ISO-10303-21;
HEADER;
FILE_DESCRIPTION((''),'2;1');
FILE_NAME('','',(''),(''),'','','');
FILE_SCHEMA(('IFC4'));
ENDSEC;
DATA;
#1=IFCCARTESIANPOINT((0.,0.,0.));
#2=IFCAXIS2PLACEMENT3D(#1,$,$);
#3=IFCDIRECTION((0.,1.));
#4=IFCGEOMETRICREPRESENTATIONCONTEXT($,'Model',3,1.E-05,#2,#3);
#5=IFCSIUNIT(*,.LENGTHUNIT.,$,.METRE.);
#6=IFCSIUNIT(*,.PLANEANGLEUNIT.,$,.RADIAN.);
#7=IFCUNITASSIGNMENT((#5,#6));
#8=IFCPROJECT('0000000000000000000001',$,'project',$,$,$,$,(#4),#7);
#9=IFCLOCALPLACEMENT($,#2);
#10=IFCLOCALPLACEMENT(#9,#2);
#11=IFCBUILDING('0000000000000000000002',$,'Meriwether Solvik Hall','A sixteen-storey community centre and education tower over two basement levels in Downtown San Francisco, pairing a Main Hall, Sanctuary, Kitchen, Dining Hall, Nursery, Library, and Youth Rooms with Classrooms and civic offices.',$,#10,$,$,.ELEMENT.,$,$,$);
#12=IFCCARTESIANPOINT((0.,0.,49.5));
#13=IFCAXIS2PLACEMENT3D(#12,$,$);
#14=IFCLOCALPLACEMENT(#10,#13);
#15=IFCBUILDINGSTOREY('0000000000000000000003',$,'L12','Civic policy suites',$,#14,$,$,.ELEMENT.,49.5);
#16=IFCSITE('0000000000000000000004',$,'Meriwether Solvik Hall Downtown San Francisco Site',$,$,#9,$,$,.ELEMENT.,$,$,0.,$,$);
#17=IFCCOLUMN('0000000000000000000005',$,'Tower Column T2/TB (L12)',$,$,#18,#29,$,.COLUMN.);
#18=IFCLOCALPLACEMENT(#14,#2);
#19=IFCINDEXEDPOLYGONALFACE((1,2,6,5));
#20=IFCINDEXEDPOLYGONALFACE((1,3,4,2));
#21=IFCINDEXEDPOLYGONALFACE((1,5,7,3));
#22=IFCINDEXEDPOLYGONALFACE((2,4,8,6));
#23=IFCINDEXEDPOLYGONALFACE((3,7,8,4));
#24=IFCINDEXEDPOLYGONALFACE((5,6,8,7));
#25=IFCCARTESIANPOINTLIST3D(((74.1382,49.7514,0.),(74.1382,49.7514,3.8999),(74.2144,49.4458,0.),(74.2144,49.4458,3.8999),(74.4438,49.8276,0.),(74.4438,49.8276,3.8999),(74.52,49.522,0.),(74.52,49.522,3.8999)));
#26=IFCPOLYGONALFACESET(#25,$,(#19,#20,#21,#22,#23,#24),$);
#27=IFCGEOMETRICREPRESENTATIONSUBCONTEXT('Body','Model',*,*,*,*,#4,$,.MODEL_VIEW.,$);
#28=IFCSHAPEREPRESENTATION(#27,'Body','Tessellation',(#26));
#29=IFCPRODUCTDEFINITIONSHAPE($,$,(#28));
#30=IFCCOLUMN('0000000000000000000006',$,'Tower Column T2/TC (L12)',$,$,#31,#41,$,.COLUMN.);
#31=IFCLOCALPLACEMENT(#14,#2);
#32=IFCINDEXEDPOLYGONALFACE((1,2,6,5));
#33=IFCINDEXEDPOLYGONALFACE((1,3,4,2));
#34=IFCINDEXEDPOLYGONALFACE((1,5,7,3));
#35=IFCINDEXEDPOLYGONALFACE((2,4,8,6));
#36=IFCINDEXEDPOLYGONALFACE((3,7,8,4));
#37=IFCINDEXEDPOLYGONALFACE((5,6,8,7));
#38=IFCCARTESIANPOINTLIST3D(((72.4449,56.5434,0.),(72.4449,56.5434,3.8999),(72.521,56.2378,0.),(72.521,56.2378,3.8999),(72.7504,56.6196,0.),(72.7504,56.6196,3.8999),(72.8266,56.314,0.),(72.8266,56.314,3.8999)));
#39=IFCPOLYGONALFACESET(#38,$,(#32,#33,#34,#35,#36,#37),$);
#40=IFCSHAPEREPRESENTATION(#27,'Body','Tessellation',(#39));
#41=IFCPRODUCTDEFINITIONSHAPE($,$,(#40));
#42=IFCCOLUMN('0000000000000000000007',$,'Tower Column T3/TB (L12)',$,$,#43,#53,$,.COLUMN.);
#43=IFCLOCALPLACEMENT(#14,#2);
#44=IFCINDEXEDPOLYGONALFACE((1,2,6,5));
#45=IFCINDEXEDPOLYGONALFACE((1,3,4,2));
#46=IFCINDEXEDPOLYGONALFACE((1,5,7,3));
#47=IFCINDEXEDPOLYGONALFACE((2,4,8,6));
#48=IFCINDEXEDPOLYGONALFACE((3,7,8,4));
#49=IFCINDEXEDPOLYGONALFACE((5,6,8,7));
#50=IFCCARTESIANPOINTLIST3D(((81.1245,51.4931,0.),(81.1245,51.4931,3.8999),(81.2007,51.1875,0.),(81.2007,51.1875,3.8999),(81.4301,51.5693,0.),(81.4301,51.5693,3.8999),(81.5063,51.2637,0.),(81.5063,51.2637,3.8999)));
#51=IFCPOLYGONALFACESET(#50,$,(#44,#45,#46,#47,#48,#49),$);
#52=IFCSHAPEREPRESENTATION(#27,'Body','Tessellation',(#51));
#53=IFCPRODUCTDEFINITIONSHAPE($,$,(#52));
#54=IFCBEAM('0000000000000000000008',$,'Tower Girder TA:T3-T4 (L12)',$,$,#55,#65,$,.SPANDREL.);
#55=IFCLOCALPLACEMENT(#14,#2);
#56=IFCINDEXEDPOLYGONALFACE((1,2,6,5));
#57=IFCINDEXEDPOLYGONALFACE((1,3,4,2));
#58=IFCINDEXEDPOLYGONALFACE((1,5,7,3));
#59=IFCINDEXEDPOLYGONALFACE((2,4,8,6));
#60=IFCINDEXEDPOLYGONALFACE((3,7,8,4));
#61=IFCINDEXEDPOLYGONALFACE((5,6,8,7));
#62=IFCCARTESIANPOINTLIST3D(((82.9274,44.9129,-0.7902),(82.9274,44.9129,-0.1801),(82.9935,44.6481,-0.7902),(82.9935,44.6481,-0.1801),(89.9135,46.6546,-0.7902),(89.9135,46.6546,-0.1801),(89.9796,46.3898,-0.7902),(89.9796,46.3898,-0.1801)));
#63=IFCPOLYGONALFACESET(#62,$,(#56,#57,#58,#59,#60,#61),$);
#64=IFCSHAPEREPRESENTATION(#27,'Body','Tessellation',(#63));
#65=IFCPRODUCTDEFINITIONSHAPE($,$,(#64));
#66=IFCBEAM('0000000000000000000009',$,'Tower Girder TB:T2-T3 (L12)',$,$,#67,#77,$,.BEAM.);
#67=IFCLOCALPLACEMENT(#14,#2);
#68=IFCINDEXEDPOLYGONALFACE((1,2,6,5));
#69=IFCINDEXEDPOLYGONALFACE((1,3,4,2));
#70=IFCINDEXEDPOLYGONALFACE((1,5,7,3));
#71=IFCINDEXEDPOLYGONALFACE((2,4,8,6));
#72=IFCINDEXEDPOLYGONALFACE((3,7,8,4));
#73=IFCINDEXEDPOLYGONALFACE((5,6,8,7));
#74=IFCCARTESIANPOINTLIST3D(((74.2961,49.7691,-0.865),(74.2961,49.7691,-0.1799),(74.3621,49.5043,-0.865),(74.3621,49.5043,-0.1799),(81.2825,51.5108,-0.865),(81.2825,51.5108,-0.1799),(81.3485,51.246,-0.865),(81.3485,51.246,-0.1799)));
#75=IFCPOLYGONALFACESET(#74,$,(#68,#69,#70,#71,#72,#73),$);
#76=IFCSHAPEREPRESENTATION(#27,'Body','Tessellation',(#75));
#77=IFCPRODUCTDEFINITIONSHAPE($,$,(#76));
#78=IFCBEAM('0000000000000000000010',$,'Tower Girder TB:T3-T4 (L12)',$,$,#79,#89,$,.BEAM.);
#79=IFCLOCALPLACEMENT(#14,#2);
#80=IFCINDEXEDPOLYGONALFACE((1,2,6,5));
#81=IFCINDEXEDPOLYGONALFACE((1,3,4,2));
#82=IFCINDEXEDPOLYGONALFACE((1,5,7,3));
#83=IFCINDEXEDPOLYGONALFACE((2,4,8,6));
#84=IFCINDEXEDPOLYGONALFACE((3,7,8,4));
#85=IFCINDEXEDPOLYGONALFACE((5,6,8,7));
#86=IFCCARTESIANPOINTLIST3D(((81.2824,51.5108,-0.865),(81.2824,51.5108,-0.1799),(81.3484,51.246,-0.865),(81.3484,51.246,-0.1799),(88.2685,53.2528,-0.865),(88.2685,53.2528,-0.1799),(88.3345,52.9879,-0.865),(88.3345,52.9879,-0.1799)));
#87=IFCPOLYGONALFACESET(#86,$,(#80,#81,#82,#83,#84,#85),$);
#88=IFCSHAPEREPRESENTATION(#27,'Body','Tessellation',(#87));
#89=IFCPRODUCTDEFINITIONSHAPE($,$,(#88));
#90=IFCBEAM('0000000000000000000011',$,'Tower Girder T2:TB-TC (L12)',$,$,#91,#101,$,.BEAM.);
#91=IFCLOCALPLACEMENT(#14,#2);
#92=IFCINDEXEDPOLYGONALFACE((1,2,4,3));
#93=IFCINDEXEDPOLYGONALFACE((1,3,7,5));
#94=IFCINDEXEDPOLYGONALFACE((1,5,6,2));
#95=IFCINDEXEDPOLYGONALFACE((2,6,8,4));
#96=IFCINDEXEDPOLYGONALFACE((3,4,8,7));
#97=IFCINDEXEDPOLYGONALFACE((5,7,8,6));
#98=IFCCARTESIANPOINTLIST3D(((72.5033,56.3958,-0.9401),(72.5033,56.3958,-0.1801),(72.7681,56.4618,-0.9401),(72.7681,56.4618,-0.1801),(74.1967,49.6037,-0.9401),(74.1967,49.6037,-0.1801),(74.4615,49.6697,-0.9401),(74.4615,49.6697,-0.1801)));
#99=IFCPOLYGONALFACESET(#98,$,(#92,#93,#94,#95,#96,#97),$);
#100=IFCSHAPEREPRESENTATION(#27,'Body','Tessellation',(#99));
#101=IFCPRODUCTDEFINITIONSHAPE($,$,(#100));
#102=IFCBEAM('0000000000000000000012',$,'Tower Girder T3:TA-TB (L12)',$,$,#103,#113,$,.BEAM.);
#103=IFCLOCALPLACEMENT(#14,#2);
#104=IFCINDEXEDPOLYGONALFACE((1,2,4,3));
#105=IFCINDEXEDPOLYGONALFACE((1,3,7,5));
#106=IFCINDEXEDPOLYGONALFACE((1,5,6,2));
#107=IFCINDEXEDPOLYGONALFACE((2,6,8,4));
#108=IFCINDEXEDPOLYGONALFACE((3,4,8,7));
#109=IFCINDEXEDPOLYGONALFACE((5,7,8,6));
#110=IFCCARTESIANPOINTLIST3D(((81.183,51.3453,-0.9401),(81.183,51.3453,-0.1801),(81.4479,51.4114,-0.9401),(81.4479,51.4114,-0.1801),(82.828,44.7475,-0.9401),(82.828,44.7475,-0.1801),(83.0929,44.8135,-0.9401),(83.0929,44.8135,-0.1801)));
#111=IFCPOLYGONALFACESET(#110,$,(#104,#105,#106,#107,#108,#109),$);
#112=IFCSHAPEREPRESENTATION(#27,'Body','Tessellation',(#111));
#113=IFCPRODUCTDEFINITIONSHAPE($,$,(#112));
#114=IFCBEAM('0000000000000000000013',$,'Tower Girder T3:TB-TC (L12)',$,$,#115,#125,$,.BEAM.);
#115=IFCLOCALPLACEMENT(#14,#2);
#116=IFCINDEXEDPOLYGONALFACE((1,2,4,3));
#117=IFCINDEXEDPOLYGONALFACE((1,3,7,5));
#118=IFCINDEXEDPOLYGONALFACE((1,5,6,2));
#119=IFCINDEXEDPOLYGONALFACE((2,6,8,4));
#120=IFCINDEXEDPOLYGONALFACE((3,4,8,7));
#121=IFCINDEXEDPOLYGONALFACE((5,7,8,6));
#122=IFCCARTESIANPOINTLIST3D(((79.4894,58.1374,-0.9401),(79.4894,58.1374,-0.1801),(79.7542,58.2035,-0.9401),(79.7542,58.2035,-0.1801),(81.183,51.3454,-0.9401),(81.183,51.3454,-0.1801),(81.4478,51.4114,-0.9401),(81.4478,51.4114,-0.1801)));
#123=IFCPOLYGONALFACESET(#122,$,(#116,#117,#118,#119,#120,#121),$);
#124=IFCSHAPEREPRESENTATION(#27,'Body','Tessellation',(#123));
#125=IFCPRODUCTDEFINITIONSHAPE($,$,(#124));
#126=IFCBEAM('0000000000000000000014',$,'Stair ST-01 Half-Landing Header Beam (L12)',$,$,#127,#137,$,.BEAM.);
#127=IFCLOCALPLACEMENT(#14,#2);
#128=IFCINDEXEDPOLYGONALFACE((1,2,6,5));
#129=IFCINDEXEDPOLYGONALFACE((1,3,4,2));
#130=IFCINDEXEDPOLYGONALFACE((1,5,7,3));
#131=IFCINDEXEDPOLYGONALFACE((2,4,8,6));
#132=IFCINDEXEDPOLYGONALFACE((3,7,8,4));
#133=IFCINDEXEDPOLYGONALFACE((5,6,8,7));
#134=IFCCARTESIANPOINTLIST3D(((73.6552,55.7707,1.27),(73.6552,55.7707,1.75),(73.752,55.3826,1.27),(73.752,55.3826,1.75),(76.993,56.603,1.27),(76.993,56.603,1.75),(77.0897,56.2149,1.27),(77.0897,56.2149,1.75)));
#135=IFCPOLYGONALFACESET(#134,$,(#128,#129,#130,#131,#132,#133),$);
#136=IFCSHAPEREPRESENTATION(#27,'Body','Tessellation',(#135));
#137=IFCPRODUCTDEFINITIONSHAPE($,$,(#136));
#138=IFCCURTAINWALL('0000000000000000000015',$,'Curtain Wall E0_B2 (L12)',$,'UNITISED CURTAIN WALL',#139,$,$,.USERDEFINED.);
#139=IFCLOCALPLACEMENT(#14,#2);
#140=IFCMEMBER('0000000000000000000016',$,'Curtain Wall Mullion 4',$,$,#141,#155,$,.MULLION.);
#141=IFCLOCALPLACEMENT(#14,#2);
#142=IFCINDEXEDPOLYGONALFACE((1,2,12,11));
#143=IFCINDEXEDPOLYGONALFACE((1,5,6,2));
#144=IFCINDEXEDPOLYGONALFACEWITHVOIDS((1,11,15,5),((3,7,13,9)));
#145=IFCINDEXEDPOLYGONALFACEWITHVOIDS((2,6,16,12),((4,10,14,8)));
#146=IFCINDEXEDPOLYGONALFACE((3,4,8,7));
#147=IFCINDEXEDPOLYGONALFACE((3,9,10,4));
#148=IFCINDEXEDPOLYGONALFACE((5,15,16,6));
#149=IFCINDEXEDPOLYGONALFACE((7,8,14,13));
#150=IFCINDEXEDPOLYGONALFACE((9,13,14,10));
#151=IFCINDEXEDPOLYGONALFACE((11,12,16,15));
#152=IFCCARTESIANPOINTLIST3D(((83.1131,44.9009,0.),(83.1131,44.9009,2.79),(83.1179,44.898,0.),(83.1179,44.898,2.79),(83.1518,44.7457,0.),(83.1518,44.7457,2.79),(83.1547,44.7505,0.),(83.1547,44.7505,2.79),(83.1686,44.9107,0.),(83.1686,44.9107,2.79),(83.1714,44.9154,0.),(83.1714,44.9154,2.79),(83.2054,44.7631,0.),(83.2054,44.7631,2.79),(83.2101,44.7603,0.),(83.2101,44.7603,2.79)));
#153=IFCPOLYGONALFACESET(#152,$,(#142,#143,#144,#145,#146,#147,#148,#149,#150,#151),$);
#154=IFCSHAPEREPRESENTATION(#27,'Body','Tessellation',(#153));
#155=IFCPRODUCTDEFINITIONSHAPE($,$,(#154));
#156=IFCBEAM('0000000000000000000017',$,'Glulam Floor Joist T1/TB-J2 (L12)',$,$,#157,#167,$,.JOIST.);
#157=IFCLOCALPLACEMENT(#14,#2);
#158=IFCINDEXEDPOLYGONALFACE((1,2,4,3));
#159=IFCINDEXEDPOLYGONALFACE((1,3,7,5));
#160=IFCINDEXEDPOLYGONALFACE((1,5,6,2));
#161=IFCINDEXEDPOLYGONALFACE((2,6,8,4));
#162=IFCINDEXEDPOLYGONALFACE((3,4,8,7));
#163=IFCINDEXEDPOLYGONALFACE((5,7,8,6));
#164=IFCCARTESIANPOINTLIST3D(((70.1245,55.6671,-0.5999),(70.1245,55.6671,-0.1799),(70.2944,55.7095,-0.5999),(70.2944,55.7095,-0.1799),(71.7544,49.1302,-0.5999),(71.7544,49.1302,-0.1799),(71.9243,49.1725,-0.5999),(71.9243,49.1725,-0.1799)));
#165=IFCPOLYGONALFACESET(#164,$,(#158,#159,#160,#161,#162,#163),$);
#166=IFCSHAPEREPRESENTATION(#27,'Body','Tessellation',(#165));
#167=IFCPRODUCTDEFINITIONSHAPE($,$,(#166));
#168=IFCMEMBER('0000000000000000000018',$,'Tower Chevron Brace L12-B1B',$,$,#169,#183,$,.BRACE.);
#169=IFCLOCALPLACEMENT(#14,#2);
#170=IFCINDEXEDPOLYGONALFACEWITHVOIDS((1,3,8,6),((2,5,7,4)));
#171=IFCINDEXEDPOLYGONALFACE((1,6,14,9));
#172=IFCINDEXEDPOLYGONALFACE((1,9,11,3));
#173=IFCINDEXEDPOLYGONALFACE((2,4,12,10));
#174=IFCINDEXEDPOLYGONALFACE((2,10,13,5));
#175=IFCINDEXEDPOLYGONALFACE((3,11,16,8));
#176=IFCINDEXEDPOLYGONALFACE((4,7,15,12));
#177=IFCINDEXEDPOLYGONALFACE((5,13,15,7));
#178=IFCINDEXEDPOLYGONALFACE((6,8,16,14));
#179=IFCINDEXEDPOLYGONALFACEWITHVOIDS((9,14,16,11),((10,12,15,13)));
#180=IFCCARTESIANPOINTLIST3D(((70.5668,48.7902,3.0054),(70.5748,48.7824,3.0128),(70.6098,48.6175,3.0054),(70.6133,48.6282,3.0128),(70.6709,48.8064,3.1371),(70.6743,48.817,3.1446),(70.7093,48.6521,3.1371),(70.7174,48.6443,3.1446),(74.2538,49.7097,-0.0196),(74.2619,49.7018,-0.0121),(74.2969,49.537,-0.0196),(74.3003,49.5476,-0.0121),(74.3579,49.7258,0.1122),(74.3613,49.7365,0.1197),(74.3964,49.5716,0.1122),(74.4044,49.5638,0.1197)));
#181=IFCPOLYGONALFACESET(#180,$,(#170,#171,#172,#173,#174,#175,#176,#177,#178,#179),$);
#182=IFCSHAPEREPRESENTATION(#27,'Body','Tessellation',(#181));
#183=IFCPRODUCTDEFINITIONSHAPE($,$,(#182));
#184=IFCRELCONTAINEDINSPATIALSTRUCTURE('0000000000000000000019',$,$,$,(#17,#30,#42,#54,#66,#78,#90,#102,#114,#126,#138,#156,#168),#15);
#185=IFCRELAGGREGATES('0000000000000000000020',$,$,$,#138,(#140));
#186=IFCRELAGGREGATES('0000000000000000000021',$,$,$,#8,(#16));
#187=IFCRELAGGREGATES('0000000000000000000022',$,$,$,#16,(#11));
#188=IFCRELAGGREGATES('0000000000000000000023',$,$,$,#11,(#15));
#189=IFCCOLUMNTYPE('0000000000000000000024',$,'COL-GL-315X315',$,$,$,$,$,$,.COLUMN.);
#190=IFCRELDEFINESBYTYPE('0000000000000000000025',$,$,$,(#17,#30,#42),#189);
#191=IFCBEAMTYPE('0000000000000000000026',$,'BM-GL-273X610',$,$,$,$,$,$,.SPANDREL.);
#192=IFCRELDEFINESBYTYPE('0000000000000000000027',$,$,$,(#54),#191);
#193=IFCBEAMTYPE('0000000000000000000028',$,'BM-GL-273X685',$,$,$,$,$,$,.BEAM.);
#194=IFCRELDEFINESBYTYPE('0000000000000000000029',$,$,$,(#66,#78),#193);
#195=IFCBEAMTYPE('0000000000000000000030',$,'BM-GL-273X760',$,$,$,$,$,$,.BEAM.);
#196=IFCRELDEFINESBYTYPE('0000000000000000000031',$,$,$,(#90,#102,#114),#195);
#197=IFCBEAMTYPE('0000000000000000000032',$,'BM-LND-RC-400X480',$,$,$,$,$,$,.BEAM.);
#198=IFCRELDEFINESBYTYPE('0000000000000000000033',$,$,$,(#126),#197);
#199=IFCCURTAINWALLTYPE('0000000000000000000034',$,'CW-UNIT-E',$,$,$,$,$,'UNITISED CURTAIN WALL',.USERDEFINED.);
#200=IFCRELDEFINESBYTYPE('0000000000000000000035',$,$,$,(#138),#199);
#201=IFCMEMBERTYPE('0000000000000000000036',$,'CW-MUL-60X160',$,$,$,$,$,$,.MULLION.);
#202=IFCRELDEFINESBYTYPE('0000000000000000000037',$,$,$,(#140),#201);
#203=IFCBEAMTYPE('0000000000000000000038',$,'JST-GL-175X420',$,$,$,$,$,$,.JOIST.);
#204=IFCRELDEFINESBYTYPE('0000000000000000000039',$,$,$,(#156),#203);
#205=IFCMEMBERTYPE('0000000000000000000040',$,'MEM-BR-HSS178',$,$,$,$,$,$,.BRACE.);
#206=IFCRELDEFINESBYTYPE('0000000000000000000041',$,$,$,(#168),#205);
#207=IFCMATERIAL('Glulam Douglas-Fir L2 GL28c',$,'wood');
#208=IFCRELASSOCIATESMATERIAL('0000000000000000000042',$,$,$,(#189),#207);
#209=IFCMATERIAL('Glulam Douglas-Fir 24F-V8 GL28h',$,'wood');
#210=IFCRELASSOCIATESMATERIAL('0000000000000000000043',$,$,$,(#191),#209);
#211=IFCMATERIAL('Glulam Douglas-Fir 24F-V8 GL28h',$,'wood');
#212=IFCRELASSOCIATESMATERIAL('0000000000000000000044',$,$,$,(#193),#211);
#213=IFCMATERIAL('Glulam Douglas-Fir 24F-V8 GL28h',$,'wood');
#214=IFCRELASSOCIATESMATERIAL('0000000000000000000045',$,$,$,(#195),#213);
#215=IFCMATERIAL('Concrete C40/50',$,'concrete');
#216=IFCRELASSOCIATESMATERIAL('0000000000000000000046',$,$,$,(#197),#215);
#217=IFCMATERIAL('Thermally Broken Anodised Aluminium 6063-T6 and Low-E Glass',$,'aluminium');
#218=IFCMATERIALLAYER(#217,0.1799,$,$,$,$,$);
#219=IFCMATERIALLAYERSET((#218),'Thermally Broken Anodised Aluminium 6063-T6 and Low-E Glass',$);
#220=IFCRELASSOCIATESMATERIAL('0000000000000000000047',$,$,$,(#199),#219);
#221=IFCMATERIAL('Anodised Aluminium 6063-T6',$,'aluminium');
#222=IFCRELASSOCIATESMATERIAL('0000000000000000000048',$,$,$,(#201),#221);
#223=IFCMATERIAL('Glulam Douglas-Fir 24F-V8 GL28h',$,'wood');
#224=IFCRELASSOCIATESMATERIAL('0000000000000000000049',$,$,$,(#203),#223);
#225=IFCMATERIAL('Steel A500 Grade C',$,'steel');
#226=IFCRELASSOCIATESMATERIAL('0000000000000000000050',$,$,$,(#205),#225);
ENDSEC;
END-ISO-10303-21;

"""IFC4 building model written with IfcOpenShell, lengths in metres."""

from ifc_helpers import new_model, si_unit, direction, frame, origin, origin_2d, place, context, subcontext, project, spatial, rectangle, hollow_rectangle, extrude, material, layer, layer_set, material_profile, profile_set, type_object, element, aggregate, save


model = new_model("IFC4")

# Units and contexts
model_context = context("Model", 3, precision=1e-05, world=origin(), true_north=direction((0.0, 1.0)))
body_context = subcontext(model_context, "Body", "Model", "MODEL_VIEW")
ifc_project = project(units=[si_unit("LENGTHUNIT", "METRE"), si_unit("PLANEANGLEUNIT", "RADIAN")], contexts=[model_context])

# Site, building, storey
site_placement = place(None, origin())
site = spatial("IfcSite", under=ifc_project, at=site_placement, Name="Meriwether Solvik Hall Downtown San Francisco Site", CompositionType="ELEMENT", RefElevation=0.0)
building_placement = place(site_placement, origin())
building = spatial("IfcBuilding", under=site, at=building_placement, Name="Meriwether Solvik Hall", Description="A sixteen-storey community centre and education tower over two basement levels in Downtown San Francisco, pairing a Main Hall, Sanctuary, Kitchen, Dining Hall, Nursery, Library, and Youth Rooms with Classrooms and civic offices.", CompositionType="ELEMENT")
storey_placement = place(building_placement, frame((0.0, 0.0, 49.5)))
storey = spatial("IfcBuildingStorey", under=building, at=storey_placement, Name="L12", Description="Civic policy suites", CompositionType="ELEMENT", Elevation=49.5)

# Columns
ifc_material_1 = material(Name="Glulam Douglas-Fir L2 GL28c", Category="wood")
ifc_material_profile_1 = material_profile(ifc_material_1, rectangle(XDim=0.3149, YDim=0.3149, at=origin_2d()), Name="GLC-315X315")
ifc_profile_set_1 = profile_set([ifc_material_profile_1], Name="Glulam Douglas-Fir L2 GL28c")
column_type = type_object("IfcColumnType", Name="COL-GL-315X315", PredefinedType="COLUMN", material=ifc_profile_set_1)
for number, where, z_axis, x_axis, name in (
    (1, (74.3291, 49.6367, 0.0), (0.0, 0.0, 1.0), (0.970296, 0.241922, 0.0), "Tower Column T2/TB (L12)"),
    (2, (72.6357, 56.4287, 0.0), (0.0, 0.0, 1.0), (0.970296, 0.241922, 0.0), "Tower Column T2/TC (L12)"),
    (3, (81.3154, 51.3784, 0.0), (0.0, 0.0, 1.0), (0.970296, 0.241922, 0.0), "Tower Column T3/TB (L12)"),
):
    element("IfcColumn", number, at=place(storey_placement, frame(where, z_axis=z_axis, x_axis=x_axis)), inside=storey, type_object=column_type, Name=name, PredefinedType="COLUMN", context=body_context, shape_type="SweptSolid", body=[
        extrude(rectangle(XDim=0.3149, YDim=0.3149, at=origin_2d()), origin(), (0.0, 0.0, 1.0), 3.8999),
    ])

# Beams
ifc_material_2 = material(Name="Glulam Douglas-Fir 24F-V8 GL28h", Category="wood")
ifc_material_profile_2 = material_profile(ifc_material_2, rectangle(XDim=0.2729, YDim=0.6101, at=origin_2d()), Name="GLB-273X610")
ifc_profile_set_2 = profile_set([ifc_material_profile_2], Name="Glulam Douglas-Fir 24F-V8 GL28h")
beam_type_1 = type_object("IfcBeamType", Name="BM-GL-273X610", PredefinedType="SPANDREL", material=ifc_profile_set_2)
beam_1_placement = place(storey_placement, frame((82.9604, 44.7805, -0.4851), z_axis=(0.9703, 0.241905, 0.0), x_axis=(-0.241905, 0.9703, 0.0)))
element("IfcBeam", 4, at=beam_1_placement, inside=storey, type_object=beam_type_1, Name="Tower Girder TA:T3-T4 (L12)", PredefinedType="SPANDREL", context=body_context, shape_type="SweptSolid", body=[
    extrude(rectangle(XDim=0.2729, YDim=0.6101, at=origin_2d()), origin(), (0.0, 0.0, 1.0), 7.2),
])
ifc_material_3 = material(Name="Glulam Douglas-Fir 24F-V8 GL28h", Category="wood")
ifc_material_profile_3 = material_profile(ifc_material_3, rectangle(XDim=0.2729, YDim=0.6851, at=origin_2d()), Name="GLB-273X685")
ifc_profile_set_3 = profile_set([ifc_material_profile_3], Name="Glulam Douglas-Fir 24F-V8 GL28h")
beam_type_2 = type_object("IfcBeamType", Name="BM-GL-273X685", PredefinedType="BEAM", material=ifc_profile_set_3)
beam_2_placement = place(storey_placement, frame((74.3291, 49.6367, -0.5225), z_axis=(0.970302, 0.241897, 0.0), x_axis=(-0.241897, 0.970302, 0.0)))
element("IfcBeam", 5, at=beam_2_placement, inside=storey, type_object=beam_type_2, Name="Tower Girder TB:T2-T3 (L12)", PredefinedType="BEAM", context=body_context, shape_type="SweptSolid", body=[
    extrude(rectangle(XDim=0.2729, YDim=0.6851, at=origin_2d()), origin(), (0.0, 0.0, 1.0), 7.2002),
])
beam_3_placement = place(storey_placement, frame((81.3154, 51.3784, -0.5225), z_axis=(0.970292, 0.241937, 0.0), x_axis=(-0.241937, 0.970292, 0.0)))
element("IfcBeam", 6, at=beam_3_placement, inside=storey, type_object=beam_type_2, Name="Tower Girder TB:T3-T4 (L12)", PredefinedType="BEAM", context=body_context, shape_type="SweptSolid", body=[
    extrude(rectangle(XDim=0.2729, YDim=0.6851, at=origin_2d()), origin(), (0.0, 0.0, 1.0), 7.2),
])
ifc_material_4 = material(Name="Glulam Douglas-Fir 24F-V8 GL28h", Category="wood")
ifc_material_profile_4 = material_profile(ifc_material_4, rectangle(XDim=0.2729, YDim=0.76, at=origin_2d()), Name="GLB-273X760")
ifc_profile_set_4 = profile_set([ifc_material_profile_4], Name="Glulam Douglas-Fir 24F-V8 GL28h")
beam_type_3 = type_object("IfcBeamType", Name="BM-GL-273X760", PredefinedType="BEAM", material=ifc_profile_set_4)
beam_4_placement = place(storey_placement, frame((74.3291, 49.6367, -0.5601), z_axis=(-0.241912, 0.970298, 0.0), x_axis=(-0.970298, -0.241912, 0.0)))
element("IfcBeam", 7, at=beam_4_placement, inside=storey, type_object=beam_type_3, Name="Tower Girder T2:TB-TC (L12)", PredefinedType="BEAM", context=body_context, shape_type="SweptSolid", body=[
    extrude(rectangle(XDim=0.2729, YDim=0.76, at=origin_2d()), origin(), (0.0, 0.0, 1.0), 7.0),
])
beam_5_placement = place(storey_placement, frame((82.9604, 44.7805, -0.5601), z_axis=(-0.241919, 0.970296, 0.0), x_axis=(-0.970296, -0.241919, 0.0)))
element("IfcBeam", 8, at=beam_5_placement, inside=storey, type_object=beam_type_3, Name="Tower Girder T3:TA-TB (L12)", PredefinedType="BEAM", context=body_context, shape_type="SweptSolid", body=[
    extrude(rectangle(XDim=0.2729, YDim=0.76, at=origin_2d()), origin(), (0.0, 0.0, 1.0), 6.7998),
])
beam_6_placement = place(storey_placement, frame((81.3154, 51.3784, -0.5601), z_axis=(-0.241945, 0.97029, 0.0), x_axis=(-0.97029, -0.241945, 0.0)))
element("IfcBeam", 9, at=beam_6_placement, inside=storey, type_object=beam_type_3, Name="Tower Girder T3:TB-TC (L12)", PredefinedType="BEAM", context=body_context, shape_type="SweptSolid", body=[
    extrude(rectangle(XDim=0.2729, YDim=0.76, at=origin_2d()), origin(), (0.0, 0.0, 1.0), 7.0),
])
ifc_material_5 = material(Name="Concrete C40/50", Category="concrete")
ifc_material_profile_5 = material_profile(ifc_material_5, rectangle(XDim=0.3999, YDim=0.48, at=origin_2d()), Name="RCB-400X480")
ifc_profile_set_5 = profile_set([ifc_material_profile_5], Name="Concrete C40/50")
beam_type_4 = type_object("IfcBeamType", Name="BM-LND-RC-400X480", PredefinedType="BEAM", material=ifc_profile_set_5)
beam_7_placement = place(storey_placement, frame((73.7036, 55.5767, 1.51), z_axis=(0.970288, 0.241951, 0.0), x_axis=(-0.241951, 0.970288, 0.0)))
element("IfcBeam", 10, at=beam_7_placement, inside=storey, type_object=beam_type_4, Name="Stair ST-01 Half-Landing Header Beam (L12)", PredefinedType="BEAM", context=body_context, shape_type="SweptSolid", body=[
    extrude(rectangle(XDim=0.3999, YDim=0.48, at=origin_2d()), origin(), (0.0, 0.0, 1.0), 3.4399),
])

# Curtain wall, member
ifc_material_6 = material(Name="Thermally Broken Anodised Aluminium 6063-T6 and Low-E Glass", Category="aluminium")
ifc_layer_1 = layer(ifc_material_6, 0.1799)
ifc_layer_set_1 = layer_set([ifc_layer_1], Name="Thermally Broken Anodised Aluminium 6063-T6 and Low-E Glass")
curtain_wall_type = type_object("IfcCurtainWallType", Name="CW-UNIT-E", ElementType="UNITISED CURTAIN WALL", PredefinedType="USERDEFINED", material=ifc_layer_set_1)
curtain_wall_placement = place(storey_placement, origin())
curtain_wall = element("IfcCurtainWall", 11, at=curtain_wall_placement, inside=storey, type_object=curtain_wall_type, Name="Curtain Wall E0_B2 (L12)", ObjectType="UNITISED CURTAIN WALL", PredefinedType="USERDEFINED")
ifc_material_7 = material(Name="Anodised Aluminium 6063-T6", Category="aluminium")
ifc_material_profile_6 = material_profile(ifc_material_7, hollow_rectangle(XDim=0.0601, YDim=0.1599, WallThickness=0.0039, at=origin_2d()), Name="CWM-60X160")
ifc_profile_set_6 = profile_set([ifc_material_profile_6], Name="Anodised Aluminium 6063-T6")
member_type_1 = type_object("IfcMemberType", Name="CW-MUL-60X160", PredefinedType="MULLION", material=ifc_profile_set_6)
member_1_placement = place(storey_placement, frame((83.1616, 44.8306, 0.0), z_axis=(0.0, 0.0, 1.0), x_axis=(-0.970296, -0.241922, 0.0)))
member_1 = element("IfcMember", 12, at=member_1_placement, type_object=member_type_1, Name="Curtain Wall Mullion 4", PredefinedType="MULLION", context=body_context, shape_type="SweptSolid", body=[
    extrude(hollow_rectangle(XDim=0.0601, YDim=0.1599, WallThickness=0.0039, at=origin_2d()), origin(), (0.0, 0.0, 1.0), 2.79),
])
aggregate(curtain_wall, [member_1])

# Beam
ifc_material_8 = material(Name="Glulam Douglas-Fir 24F-V8 GL28h", Category="wood")
ifc_material_profile_7 = material_profile(ifc_material_8, rectangle(XDim=0.175, YDim=0.4199, at=origin_2d()), Name="GLJ-175X420")
ifc_profile_set_7 = profile_set([ifc_material_profile_7], Name="Glulam Douglas-Fir 24F-V8 GL28h")
beam_type_5 = type_object("IfcBeamType", Name="JST-GL-175X420", PredefinedType="JOIST", material=ifc_profile_set_7)
beam_8_placement = place(storey_placement, frame((71.8394, 49.1514, -0.3899), z_axis=(-0.24193, 0.970294, 0.0), x_axis=(-0.970294, -0.24193, 0.0)))
element("IfcBeam", 13, at=beam_8_placement, inside=storey, type_object=beam_type_5, Name="Glulam Floor Joist T1/TB-J2 (L12)", PredefinedType="JOIST", context=body_context, shape_type="SweptSolid", body=[
    extrude(rectangle(XDim=0.175, YDim=0.4199, at=origin_2d()), origin(), (0.0, 0.0, 1.0), 6.7371),
])

# Member
ifc_material_9 = material(Name="Steel A500 Grade C", Category="steel")
ifc_material_profile_8 = material_profile(ifc_material_9, hollow_rectangle(XDim=0.178, YDim=0.178, WallThickness=0.0095, at=origin_2d()), Name="HSS178X178X9.5")
ifc_profile_set_8 = profile_set([ifc_material_profile_8], Name="Steel A500 Grade C")
member_type_2 = type_object("IfcMemberType", Name="MEM-BR-HSS178", PredefinedType="BRACE", material=ifc_profile_set_8)
member_2_placement = place(storey_placement, frame((74.3291, 49.6367, 0.05), z_axis=(-0.759129, -0.189305, 0.622806), x_axis=(0.241961, -0.970286, 0.0)))
element("IfcMember", 14, at=member_2_placement, inside=storey, type_object=member_type_2, Name="Tower Chevron Brace L12-B1B", PredefinedType="BRACE", context=body_context, shape_type="SweptSolid", body=[
    extrude(hollow_rectangle(XDim=0.178, YDim=0.178, WallThickness=0.0095, at=origin_2d()), origin(), (0.0, 0.0, 1.0), 4.8569),
])

save(model, "model.ifc")
